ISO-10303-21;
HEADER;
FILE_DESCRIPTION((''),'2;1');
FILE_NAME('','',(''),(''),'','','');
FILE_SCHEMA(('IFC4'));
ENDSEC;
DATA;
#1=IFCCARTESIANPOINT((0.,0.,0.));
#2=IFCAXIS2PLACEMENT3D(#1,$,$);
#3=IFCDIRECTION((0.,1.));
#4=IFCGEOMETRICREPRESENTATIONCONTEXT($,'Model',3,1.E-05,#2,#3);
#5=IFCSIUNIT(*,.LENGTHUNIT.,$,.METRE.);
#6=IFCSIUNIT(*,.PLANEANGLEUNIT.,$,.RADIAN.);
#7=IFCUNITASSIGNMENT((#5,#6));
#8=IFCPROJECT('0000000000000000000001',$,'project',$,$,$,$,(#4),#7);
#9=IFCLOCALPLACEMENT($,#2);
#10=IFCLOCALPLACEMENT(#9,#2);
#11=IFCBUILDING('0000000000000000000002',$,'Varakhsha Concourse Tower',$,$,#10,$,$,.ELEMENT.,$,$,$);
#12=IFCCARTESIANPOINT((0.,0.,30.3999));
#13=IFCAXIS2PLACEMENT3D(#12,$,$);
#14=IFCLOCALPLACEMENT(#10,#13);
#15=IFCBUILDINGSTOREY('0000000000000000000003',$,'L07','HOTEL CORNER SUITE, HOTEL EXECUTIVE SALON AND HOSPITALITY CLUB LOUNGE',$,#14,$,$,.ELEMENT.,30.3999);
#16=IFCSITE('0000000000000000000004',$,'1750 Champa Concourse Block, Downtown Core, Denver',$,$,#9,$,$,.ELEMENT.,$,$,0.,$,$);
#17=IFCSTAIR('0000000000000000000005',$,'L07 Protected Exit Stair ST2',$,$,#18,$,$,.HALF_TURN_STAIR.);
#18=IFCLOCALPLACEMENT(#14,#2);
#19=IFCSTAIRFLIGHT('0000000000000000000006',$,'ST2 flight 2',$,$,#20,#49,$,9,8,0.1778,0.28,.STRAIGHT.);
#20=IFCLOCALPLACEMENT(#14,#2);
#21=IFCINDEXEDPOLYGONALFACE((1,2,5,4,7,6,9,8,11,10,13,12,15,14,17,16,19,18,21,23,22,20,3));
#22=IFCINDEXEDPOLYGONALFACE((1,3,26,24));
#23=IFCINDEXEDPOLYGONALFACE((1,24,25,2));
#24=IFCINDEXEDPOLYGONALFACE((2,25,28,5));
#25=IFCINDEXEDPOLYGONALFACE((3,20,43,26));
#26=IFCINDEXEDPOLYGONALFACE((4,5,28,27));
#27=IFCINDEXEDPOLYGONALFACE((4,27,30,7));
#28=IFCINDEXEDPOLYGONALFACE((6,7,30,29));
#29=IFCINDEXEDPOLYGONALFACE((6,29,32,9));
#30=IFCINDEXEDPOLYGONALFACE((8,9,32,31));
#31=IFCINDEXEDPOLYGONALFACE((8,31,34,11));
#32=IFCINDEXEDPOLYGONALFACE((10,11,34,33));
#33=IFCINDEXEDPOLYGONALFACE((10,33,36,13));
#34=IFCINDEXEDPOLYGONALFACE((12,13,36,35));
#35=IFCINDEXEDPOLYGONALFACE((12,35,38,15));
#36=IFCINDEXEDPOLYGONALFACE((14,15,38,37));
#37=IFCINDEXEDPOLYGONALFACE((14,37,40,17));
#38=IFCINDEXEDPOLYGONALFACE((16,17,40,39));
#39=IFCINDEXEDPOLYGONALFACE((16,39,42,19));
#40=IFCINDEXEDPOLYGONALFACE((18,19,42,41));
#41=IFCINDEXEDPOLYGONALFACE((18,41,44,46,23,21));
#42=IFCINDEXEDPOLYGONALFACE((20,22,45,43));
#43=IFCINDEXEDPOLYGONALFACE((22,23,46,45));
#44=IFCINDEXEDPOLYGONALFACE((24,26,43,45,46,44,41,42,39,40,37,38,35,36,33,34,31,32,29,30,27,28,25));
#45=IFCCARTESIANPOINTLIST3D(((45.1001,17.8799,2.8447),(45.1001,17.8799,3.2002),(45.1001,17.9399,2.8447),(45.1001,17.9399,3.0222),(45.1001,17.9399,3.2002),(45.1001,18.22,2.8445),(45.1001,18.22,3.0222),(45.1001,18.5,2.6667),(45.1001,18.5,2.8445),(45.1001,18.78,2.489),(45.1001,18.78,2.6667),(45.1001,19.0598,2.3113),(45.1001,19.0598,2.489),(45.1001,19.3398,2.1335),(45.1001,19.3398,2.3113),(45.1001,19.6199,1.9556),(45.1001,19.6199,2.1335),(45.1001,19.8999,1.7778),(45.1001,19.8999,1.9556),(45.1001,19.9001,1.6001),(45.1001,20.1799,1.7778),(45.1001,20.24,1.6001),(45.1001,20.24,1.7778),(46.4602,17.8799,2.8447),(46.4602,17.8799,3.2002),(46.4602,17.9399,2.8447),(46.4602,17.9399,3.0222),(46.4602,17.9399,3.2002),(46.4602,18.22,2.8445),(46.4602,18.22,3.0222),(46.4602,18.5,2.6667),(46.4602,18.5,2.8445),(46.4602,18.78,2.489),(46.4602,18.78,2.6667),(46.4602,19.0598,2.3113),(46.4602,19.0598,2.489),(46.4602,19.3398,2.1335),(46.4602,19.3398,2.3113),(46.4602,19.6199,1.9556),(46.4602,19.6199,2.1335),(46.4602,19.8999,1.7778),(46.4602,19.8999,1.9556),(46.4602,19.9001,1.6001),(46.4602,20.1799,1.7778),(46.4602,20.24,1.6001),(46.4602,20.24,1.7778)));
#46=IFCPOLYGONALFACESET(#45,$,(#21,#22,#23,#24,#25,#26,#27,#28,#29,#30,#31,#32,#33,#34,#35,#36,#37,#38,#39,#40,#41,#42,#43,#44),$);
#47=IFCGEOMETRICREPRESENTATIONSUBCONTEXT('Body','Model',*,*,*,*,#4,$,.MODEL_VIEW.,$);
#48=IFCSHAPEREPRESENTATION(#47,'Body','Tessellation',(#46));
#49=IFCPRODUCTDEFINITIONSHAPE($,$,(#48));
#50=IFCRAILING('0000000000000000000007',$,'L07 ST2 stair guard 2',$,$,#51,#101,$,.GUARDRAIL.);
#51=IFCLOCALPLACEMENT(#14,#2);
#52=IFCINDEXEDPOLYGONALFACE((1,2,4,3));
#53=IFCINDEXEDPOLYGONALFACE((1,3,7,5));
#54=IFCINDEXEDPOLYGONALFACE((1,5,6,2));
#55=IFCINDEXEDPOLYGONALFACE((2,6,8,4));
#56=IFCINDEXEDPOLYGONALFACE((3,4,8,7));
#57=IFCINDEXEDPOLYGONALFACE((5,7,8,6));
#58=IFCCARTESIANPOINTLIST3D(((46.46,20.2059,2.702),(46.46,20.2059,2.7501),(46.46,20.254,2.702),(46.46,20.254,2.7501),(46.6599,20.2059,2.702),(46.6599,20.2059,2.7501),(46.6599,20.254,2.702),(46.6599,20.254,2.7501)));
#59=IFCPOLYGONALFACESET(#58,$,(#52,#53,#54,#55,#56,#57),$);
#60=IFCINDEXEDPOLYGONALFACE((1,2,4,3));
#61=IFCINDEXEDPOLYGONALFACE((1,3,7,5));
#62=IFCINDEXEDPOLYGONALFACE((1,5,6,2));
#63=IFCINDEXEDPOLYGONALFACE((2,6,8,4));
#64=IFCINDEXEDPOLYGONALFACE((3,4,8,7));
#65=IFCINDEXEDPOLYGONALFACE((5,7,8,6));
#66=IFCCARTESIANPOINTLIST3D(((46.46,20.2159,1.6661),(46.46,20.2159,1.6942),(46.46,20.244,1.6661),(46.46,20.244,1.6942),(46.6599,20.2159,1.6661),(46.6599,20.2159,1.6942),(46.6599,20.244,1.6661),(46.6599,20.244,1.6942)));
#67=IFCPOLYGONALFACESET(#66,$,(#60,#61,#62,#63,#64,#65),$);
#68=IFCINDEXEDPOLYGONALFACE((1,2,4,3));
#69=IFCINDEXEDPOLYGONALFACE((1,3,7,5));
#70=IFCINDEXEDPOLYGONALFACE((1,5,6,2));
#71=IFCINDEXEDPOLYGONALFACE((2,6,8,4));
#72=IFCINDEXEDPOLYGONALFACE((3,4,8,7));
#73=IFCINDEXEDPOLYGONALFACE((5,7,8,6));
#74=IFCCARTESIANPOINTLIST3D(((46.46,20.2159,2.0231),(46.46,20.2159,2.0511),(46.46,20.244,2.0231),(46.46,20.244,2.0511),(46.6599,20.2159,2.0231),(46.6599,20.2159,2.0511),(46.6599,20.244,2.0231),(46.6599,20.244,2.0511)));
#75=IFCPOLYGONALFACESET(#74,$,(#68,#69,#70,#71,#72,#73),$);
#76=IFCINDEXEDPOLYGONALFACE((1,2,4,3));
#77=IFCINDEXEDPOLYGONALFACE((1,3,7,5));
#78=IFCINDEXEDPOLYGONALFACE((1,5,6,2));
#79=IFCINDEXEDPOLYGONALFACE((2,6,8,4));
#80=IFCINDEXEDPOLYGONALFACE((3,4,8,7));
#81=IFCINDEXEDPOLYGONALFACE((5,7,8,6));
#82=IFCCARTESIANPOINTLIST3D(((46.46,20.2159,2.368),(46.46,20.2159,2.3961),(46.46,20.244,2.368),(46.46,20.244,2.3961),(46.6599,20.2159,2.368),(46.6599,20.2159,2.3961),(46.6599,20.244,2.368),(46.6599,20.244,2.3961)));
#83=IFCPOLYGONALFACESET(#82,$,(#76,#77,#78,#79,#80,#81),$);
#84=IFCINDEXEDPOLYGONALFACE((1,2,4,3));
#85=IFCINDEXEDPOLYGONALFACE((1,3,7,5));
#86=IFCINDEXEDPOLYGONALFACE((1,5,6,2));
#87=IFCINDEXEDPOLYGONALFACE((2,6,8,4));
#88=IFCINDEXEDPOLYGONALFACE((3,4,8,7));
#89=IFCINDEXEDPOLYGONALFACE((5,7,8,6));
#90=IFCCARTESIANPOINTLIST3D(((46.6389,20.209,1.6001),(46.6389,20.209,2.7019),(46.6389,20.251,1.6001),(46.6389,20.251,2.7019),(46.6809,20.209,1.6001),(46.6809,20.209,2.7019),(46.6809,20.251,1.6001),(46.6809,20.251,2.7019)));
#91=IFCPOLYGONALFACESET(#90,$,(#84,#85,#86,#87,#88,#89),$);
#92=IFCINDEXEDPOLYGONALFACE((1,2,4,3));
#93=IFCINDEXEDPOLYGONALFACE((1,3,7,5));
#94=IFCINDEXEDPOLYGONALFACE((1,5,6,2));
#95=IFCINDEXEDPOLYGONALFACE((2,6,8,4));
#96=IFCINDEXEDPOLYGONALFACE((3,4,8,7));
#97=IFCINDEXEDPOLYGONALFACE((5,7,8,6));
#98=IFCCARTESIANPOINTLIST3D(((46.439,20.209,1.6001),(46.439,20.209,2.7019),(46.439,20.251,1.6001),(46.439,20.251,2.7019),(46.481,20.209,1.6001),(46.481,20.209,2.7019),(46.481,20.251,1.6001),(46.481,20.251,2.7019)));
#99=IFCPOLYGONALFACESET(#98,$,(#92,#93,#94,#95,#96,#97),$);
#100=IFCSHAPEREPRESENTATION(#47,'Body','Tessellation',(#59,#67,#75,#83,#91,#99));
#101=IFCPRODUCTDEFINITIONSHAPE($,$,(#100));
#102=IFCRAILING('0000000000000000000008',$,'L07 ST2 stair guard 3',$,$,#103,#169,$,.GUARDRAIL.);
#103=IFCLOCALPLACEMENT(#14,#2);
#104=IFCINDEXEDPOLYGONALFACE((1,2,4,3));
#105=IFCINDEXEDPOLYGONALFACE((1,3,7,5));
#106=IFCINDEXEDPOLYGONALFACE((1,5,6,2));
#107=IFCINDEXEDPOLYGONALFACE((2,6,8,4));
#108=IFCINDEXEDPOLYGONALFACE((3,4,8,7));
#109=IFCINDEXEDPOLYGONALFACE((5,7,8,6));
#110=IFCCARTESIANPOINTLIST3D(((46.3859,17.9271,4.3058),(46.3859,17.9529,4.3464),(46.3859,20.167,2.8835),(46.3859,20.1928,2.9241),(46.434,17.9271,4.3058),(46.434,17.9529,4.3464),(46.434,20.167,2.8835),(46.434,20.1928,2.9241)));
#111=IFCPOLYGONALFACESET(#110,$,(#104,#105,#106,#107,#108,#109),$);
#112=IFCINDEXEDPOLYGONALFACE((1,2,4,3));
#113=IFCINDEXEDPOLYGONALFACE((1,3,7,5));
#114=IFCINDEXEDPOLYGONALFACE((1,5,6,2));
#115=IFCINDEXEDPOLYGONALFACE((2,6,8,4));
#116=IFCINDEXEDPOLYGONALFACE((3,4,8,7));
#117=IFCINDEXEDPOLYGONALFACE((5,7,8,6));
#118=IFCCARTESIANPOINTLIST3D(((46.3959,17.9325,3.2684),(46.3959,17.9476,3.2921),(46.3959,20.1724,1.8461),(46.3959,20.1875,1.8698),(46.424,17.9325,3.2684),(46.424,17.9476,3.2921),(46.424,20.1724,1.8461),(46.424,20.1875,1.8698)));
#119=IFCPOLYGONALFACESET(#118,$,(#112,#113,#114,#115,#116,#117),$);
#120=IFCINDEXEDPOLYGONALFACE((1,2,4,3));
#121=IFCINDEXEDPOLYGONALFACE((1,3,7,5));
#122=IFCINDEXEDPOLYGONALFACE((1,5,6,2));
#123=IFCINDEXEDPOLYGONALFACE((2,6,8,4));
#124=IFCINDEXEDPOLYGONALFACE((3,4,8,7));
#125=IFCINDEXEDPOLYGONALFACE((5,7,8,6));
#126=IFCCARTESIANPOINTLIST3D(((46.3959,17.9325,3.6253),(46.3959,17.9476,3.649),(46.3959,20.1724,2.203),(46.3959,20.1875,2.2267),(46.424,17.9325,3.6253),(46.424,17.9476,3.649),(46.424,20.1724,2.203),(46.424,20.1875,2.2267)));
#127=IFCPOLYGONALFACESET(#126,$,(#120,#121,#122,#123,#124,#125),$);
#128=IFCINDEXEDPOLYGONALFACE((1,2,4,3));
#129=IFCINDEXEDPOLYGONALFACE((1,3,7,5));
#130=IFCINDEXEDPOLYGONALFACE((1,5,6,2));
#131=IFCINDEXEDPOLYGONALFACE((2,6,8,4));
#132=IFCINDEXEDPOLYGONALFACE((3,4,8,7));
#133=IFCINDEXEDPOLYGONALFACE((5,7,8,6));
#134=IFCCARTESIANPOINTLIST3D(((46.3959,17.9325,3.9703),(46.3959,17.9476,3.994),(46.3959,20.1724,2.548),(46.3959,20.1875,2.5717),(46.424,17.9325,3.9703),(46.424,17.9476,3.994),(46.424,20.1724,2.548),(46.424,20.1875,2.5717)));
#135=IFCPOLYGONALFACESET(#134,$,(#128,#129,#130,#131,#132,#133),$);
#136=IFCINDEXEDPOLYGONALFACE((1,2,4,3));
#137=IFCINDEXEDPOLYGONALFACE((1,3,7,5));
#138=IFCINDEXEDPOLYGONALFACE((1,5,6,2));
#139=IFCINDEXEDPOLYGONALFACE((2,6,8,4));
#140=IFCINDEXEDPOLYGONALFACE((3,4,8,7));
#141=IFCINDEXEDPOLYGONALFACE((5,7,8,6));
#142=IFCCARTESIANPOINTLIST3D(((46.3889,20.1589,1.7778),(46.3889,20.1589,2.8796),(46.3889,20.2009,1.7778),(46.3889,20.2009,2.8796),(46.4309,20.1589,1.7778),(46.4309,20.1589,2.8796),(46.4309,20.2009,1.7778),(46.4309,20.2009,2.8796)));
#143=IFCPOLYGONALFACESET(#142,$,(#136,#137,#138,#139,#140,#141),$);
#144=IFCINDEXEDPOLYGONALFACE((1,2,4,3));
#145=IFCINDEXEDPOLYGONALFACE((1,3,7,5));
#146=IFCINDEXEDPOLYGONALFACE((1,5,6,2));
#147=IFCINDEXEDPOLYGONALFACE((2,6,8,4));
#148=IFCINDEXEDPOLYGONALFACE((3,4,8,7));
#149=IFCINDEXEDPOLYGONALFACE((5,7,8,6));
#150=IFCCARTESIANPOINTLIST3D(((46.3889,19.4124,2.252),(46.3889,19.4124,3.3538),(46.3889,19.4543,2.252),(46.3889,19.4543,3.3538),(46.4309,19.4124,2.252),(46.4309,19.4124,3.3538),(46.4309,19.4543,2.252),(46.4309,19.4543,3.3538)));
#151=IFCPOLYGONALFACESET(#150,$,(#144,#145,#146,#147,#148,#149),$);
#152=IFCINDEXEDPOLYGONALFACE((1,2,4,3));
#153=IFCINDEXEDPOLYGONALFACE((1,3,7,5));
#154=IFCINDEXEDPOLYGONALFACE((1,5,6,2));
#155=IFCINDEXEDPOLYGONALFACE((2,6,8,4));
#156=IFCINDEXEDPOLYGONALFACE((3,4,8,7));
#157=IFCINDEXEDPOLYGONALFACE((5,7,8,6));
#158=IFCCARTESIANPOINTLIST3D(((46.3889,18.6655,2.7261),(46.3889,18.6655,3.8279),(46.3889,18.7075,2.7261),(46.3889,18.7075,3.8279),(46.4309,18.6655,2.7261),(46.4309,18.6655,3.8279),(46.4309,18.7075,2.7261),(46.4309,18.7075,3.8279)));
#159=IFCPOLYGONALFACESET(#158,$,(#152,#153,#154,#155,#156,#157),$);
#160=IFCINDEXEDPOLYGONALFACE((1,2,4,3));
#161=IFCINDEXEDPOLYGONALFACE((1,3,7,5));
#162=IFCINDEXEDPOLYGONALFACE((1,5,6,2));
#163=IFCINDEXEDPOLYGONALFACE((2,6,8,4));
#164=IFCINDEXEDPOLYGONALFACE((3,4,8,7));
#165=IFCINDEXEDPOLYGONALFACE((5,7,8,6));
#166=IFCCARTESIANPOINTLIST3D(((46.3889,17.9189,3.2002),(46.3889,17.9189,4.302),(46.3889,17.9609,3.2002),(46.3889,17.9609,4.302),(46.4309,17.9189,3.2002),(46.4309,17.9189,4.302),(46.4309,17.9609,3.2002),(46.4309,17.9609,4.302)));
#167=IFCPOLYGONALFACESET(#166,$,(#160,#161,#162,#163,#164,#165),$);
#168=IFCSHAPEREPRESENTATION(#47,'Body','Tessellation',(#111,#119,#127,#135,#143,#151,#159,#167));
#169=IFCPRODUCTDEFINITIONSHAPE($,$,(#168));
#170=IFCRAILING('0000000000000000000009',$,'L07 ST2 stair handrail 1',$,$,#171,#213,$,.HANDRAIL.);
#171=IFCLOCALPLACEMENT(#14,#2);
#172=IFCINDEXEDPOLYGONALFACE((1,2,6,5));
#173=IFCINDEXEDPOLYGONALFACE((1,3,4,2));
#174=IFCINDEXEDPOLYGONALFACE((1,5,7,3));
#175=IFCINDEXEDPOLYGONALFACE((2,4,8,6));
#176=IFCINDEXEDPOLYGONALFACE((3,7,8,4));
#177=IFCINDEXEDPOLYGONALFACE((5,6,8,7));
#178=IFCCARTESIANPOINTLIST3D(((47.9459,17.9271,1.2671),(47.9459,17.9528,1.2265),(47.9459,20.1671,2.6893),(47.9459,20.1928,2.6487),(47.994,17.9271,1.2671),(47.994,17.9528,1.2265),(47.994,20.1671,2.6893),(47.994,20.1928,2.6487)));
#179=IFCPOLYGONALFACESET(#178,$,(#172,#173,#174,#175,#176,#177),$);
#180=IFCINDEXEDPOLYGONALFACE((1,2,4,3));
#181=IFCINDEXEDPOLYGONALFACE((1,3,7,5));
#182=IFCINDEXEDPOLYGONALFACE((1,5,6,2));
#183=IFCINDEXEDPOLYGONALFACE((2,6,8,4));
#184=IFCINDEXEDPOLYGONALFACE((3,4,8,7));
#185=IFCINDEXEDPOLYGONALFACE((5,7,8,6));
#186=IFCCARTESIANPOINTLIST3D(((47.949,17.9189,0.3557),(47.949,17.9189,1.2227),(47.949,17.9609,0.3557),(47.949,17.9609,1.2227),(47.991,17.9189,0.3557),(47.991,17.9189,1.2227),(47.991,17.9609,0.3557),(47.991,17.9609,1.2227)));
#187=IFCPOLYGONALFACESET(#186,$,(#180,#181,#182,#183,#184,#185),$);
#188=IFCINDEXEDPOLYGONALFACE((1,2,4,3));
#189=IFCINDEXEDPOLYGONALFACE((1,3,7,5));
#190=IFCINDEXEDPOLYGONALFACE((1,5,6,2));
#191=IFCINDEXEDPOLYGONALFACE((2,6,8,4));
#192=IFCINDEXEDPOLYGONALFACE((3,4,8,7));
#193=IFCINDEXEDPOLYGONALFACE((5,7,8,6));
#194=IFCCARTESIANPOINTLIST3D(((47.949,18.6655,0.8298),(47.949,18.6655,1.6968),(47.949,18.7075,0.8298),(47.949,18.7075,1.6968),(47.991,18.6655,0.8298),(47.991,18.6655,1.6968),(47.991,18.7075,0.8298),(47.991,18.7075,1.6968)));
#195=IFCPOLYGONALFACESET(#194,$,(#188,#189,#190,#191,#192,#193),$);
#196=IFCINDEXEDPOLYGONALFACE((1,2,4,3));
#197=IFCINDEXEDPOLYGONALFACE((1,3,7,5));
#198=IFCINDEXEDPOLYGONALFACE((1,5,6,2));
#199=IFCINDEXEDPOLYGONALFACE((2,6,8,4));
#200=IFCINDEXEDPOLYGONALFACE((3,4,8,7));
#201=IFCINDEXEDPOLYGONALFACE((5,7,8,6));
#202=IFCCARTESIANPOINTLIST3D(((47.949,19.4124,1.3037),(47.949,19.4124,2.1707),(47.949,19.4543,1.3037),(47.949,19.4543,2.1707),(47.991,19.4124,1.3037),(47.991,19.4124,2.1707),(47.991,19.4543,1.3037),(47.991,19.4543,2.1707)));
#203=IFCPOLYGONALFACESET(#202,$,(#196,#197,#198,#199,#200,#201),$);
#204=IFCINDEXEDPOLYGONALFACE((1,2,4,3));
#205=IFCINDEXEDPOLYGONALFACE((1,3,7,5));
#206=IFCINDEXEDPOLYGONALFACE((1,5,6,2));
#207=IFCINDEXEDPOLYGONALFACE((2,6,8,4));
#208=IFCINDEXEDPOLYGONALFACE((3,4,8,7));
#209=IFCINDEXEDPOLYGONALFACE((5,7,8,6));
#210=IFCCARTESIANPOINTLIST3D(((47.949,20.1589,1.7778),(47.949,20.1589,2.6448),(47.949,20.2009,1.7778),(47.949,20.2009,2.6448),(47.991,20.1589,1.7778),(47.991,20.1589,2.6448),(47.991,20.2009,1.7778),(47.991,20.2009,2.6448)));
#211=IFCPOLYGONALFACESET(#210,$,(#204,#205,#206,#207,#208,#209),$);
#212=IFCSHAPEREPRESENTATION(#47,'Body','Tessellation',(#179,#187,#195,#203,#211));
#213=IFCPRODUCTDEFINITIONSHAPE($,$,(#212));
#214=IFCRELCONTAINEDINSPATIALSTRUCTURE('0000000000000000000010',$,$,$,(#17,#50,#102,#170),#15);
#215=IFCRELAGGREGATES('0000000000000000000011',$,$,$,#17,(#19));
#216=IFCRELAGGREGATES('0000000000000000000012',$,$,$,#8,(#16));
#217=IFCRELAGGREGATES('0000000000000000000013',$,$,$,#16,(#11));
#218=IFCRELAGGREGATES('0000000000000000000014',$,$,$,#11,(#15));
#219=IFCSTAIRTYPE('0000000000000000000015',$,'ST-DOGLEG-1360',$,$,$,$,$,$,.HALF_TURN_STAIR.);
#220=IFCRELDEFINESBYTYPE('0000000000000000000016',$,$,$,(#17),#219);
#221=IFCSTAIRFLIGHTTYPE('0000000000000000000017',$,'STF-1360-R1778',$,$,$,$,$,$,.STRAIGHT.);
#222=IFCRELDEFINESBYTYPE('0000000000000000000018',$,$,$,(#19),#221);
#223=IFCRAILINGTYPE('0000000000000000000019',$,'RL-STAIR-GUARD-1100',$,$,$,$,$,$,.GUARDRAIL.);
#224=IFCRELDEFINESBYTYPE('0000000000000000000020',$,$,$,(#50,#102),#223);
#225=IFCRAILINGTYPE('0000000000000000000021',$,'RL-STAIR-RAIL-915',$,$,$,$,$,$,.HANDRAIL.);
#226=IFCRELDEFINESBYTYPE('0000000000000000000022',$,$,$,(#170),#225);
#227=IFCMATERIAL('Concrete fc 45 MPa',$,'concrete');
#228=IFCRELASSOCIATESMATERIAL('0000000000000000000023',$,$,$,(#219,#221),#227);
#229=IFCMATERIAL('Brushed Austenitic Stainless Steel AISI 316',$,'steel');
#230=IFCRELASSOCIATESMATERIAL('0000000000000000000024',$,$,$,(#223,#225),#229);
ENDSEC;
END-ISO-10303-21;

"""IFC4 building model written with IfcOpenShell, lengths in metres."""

from ifc_helpers import new_model, si_unit, direction, frame, origin, origin_2d, place, context, subcontext, project, spatial, polyline, rectangle, outline, extrude, material, type_object, element, aggregate, save


model = new_model("IFC4")

# Units and contexts
model_context = context("Model", 3, precision=1e-05, world=origin(), true_north=direction((0.0, 1.0)))
body_context = subcontext(model_context, "Body", "Model", "MODEL_VIEW")
ifc_project = project(units=[si_unit("LENGTHUNIT", "METRE"), si_unit("PLANEANGLEUNIT", "RADIAN")], contexts=[model_context])

# Site, building, storey
site_placement = place(None, origin())
site = spatial("IfcSite", under=ifc_project, at=site_placement, Name="1750 Champa Concourse Block, Downtown Core, Denver", CompositionType="ELEMENT", RefElevation=0.0)
building_placement = place(site_placement, origin())
building = spatial("IfcBuilding", under=site, at=building_placement, Name="Varakhsha Concourse Tower", CompositionType="ELEMENT")
storey_placement = place(building_placement, frame((0.0, 0.0, 30.3999)))
storey = spatial("IfcBuildingStorey", under=building, at=storey_placement, Name="L07", Description="HOTEL CORNER SUITE, HOTEL EXECUTIVE SALON AND HOSPITALITY CLUB LOUNGE", CompositionType="ELEMENT", Elevation=30.3999)

# Shared definitions
ifc_material_1 = material(Name="Concrete fc 45 MPa", Category="concrete")

# Stair, stair flight
stair_type = type_object("IfcStairType", Name="ST-DOGLEG-1360", PredefinedType="HALF_TURN_STAIR", material=ifc_material_1)
stair_placement = place(storey_placement, origin())
stair = element("IfcStair", 1, at=stair_placement, inside=storey, type_object=stair_type, Name="L07 Protected Exit Stair ST2", PredefinedType="HALF_TURN_STAIR")
stair_flight_type = type_object("IfcStairFlightType", Name="STF-1360-R1778", PredefinedType="STRAIGHT", material=ifc_material_1)
stair_flight_placement = place(storey_placement, frame((45.78, 20.1799, 1.6001), z_axis=(0.0, 0.0, 1.0), x_axis=(0.0, -1.0, 0.0)))
stair_flight = element("IfcStairFlight", 2, at=stair_flight_placement, type_object=stair_flight_type, Name="ST2 flight 2", NumberOfRisers=9, NumberOfTreads=8, PredefinedType="STRAIGHT", RiserHeight=0.1778, TreadLength=0.28, context=body_context, shape_type="SweptSolid", body=[
    extrude(outline(polyline([(-0.0601, 0.0), (-0.0601, 0.1777), (0.0, 0.1777), (0.28, 0.1777), (0.28, 0.3555), (0.5601, 0.3555), (0.5601, 0.5334), (0.8401, 0.5334), (0.8401, 0.7112), (1.1201, 0.7112), (1.1201, 0.8889), (1.3999, 0.8889), (1.3999, 1.0667), (1.6799, 1.0667), (1.6799, 1.2444), (1.96, 1.2444), (1.96, 1.4221), (2.24, 1.4221), (2.24, 1.6001), (2.3, 1.6001), (2.3, 1.2446), (2.24, 1.2446), (0.2798, 0.0), (-0.0601, 0.0)])), frame((0.0, 0.6802, 0.0), z_axis=(0.0, -1.0, 0.0), x_axis=(1.0, 0.0, 0.0)), (0.0, 0.0, 1.0), 1.3601),
])
aggregate(stair, [stair_flight])

# Railings
ifc_material_2 = material(Name="Brushed Austenitic Stainless Steel AISI 316", Category="steel")
railing_type_1 = type_object("IfcRailingType", Name="RL-STAIR-GUARD-1100", PredefinedType="GUARDRAIL", material=ifc_material_2)
railing_1_placement = place(storey_placement, frame((46.6599, 20.23, 1.6001)))
element("IfcRailing", 3, at=railing_1_placement, inside=storey, type_object=railing_type_1, Name="L07 ST2 stair guard 2", PredefinedType="GUARDRAIL", context=body_context, shape_type="SweptSolid", body=[
    extrude(rectangle(XDim=0.0481, YDim=0.0481, at=origin_2d()), frame((0.0, 0.0, 1.126), z_axis=(-1.0, 0.0, 0.0), x_axis=(0.0, -1.0, 0.0)), (0.0, 0.0, 1.0), 0.2),
    extrude(rectangle(XDim=0.0281, YDim=0.0281, at=origin_2d()), frame((0.0, 0.0, 0.0801), z_axis=(-1.0, 0.0, 0.0), x_axis=(0.0, -1.0, 0.0)), (0.0, 0.0, 1.0), 0.2),
    extrude(rectangle(XDim=0.0281, YDim=0.0281, at=origin_2d()), frame((0.0, 0.0, 0.437), z_axis=(-1.0, 0.0, 0.0), x_axis=(0.0, -1.0, 0.0)), (0.0, 0.0, 1.0), 0.2),
    extrude(rectangle(XDim=0.0281, YDim=0.0281, at=origin_2d()), frame((0.0, 0.0, 0.782), z_axis=(-1.0, 0.0, 0.0), x_axis=(0.0, -1.0, 0.0)), (0.0, 0.0, 1.0), 0.2),
    extrude(rectangle(XDim=0.042, YDim=0.042, at=origin_2d()), origin(), (0.0, 0.0, 1.0), 1.1018),
    extrude(rectangle(XDim=0.042, YDim=0.042, at=origin_2d()), frame((-0.2, 0.0, 0.0)), (0.0, 0.0, 1.0), 1.1018),
])
railing_2_placement = place(storey_placement, frame((46.4099, 20.1799, 1.7778)))
element("IfcRailing", 4, at=railing_2_placement, inside=storey, type_object=railing_type_1, Name="L07 ST2 stair guard 3", PredefinedType="GUARDRAIL", context=body_context, shape_type="SweptSolid", body=[
    extrude(rectangle(XDim=0.0481, YDim=0.0481, at=origin_2d()), frame((0.0, 0.0, 1.126), z_axis=(0.0, -0.844188, 0.536048), x_axis=(1.0, 0.0, 0.0)), (0.0, 0.0, 1.0), 2.6533),
    extrude(rectangle(XDim=0.0281, YDim=0.0281, at=origin_2d()), frame((0.0, 0.0, 0.0801), z_axis=(0.0, -0.844188, 0.536048), x_axis=(1.0, 0.0, 0.0)), (0.0, 0.0, 1.0), 2.6533),
    extrude(rectangle(XDim=0.0281, YDim=0.0281, at=origin_2d()), frame((0.0, 0.0, 0.437), z_axis=(0.0, -0.844188, 0.536048), x_axis=(1.0, 0.0, 0.0)), (0.0, 0.0, 1.0), 2.6533),
    extrude(rectangle(XDim=0.0281, YDim=0.0281, at=origin_2d()), frame((0.0, 0.0, 0.782), z_axis=(0.0, -0.844188, 0.536048), x_axis=(1.0, 0.0, 0.0)), (0.0, 0.0, 1.0), 2.6533),
    extrude(rectangle(XDim=0.042, YDim=0.042, at=origin_2d()), origin(), (0.0, 0.0, 1.0), 1.1018),
    extrude(rectangle(XDim=0.042, YDim=0.042, at=origin_2d()), frame((0.0, -0.7466, 0.4741)), (0.0, 0.0, 1.0), 1.1018),
    extrude(rectangle(XDim=0.042, YDim=0.042, at=origin_2d()), frame((0.0, -1.4934, 0.9482)), (0.0, 0.0, 1.0), 1.1018),
    extrude(rectangle(XDim=0.042, YDim=0.042, at=origin_2d()), frame((0.0, -2.24, 1.4224)), (0.0, 0.0, 1.0), 1.1018),
])
railing_type_2 = type_object("IfcRailingType", Name="RL-STAIR-RAIL-915", PredefinedType="HANDRAIL", material=ifc_material_2)
railing_3_placement = place(storey_placement, frame((47.97, 17.9399, 0.3557)))
element("IfcRailing", 5, at=railing_3_placement, inside=storey, type_object=railing_type_2, Name="L07 ST2 stair handrail 1", PredefinedType="HANDRAIL", context=body_context, shape_type="SweptSolid", body=[
    extrude(rectangle(XDim=0.0481, YDim=0.0481, at=origin_2d()), frame((0.0, 0.0, 0.8911), z_axis=(0.0, 0.844229, 0.535982), x_axis=(-1.0, 0.0, 0.0)), (0.0, 0.0, 1.0), 2.6533),
    extrude(rectangle(XDim=0.042, YDim=0.042, at=origin_2d()), origin(), (0.0, 0.0, 1.0), 0.8669),
    extrude(rectangle(XDim=0.042, YDim=0.042, at=origin_2d()), frame((0.0, 0.7466, 0.4741)), (0.0, 0.0, 1.0), 0.8669),
    extrude(rectangle(XDim=0.042, YDim=0.042, at=origin_2d()), frame((0.0, 1.4934, 0.948)), (0.0, 0.0, 1.0), 0.8669),
    extrude(rectangle(XDim=0.042, YDim=0.042, at=origin_2d()), frame((0.0, 2.24, 1.4221)), (0.0, 0.0, 1.0), 0.8669),
])

save(model, "model.ifc")
